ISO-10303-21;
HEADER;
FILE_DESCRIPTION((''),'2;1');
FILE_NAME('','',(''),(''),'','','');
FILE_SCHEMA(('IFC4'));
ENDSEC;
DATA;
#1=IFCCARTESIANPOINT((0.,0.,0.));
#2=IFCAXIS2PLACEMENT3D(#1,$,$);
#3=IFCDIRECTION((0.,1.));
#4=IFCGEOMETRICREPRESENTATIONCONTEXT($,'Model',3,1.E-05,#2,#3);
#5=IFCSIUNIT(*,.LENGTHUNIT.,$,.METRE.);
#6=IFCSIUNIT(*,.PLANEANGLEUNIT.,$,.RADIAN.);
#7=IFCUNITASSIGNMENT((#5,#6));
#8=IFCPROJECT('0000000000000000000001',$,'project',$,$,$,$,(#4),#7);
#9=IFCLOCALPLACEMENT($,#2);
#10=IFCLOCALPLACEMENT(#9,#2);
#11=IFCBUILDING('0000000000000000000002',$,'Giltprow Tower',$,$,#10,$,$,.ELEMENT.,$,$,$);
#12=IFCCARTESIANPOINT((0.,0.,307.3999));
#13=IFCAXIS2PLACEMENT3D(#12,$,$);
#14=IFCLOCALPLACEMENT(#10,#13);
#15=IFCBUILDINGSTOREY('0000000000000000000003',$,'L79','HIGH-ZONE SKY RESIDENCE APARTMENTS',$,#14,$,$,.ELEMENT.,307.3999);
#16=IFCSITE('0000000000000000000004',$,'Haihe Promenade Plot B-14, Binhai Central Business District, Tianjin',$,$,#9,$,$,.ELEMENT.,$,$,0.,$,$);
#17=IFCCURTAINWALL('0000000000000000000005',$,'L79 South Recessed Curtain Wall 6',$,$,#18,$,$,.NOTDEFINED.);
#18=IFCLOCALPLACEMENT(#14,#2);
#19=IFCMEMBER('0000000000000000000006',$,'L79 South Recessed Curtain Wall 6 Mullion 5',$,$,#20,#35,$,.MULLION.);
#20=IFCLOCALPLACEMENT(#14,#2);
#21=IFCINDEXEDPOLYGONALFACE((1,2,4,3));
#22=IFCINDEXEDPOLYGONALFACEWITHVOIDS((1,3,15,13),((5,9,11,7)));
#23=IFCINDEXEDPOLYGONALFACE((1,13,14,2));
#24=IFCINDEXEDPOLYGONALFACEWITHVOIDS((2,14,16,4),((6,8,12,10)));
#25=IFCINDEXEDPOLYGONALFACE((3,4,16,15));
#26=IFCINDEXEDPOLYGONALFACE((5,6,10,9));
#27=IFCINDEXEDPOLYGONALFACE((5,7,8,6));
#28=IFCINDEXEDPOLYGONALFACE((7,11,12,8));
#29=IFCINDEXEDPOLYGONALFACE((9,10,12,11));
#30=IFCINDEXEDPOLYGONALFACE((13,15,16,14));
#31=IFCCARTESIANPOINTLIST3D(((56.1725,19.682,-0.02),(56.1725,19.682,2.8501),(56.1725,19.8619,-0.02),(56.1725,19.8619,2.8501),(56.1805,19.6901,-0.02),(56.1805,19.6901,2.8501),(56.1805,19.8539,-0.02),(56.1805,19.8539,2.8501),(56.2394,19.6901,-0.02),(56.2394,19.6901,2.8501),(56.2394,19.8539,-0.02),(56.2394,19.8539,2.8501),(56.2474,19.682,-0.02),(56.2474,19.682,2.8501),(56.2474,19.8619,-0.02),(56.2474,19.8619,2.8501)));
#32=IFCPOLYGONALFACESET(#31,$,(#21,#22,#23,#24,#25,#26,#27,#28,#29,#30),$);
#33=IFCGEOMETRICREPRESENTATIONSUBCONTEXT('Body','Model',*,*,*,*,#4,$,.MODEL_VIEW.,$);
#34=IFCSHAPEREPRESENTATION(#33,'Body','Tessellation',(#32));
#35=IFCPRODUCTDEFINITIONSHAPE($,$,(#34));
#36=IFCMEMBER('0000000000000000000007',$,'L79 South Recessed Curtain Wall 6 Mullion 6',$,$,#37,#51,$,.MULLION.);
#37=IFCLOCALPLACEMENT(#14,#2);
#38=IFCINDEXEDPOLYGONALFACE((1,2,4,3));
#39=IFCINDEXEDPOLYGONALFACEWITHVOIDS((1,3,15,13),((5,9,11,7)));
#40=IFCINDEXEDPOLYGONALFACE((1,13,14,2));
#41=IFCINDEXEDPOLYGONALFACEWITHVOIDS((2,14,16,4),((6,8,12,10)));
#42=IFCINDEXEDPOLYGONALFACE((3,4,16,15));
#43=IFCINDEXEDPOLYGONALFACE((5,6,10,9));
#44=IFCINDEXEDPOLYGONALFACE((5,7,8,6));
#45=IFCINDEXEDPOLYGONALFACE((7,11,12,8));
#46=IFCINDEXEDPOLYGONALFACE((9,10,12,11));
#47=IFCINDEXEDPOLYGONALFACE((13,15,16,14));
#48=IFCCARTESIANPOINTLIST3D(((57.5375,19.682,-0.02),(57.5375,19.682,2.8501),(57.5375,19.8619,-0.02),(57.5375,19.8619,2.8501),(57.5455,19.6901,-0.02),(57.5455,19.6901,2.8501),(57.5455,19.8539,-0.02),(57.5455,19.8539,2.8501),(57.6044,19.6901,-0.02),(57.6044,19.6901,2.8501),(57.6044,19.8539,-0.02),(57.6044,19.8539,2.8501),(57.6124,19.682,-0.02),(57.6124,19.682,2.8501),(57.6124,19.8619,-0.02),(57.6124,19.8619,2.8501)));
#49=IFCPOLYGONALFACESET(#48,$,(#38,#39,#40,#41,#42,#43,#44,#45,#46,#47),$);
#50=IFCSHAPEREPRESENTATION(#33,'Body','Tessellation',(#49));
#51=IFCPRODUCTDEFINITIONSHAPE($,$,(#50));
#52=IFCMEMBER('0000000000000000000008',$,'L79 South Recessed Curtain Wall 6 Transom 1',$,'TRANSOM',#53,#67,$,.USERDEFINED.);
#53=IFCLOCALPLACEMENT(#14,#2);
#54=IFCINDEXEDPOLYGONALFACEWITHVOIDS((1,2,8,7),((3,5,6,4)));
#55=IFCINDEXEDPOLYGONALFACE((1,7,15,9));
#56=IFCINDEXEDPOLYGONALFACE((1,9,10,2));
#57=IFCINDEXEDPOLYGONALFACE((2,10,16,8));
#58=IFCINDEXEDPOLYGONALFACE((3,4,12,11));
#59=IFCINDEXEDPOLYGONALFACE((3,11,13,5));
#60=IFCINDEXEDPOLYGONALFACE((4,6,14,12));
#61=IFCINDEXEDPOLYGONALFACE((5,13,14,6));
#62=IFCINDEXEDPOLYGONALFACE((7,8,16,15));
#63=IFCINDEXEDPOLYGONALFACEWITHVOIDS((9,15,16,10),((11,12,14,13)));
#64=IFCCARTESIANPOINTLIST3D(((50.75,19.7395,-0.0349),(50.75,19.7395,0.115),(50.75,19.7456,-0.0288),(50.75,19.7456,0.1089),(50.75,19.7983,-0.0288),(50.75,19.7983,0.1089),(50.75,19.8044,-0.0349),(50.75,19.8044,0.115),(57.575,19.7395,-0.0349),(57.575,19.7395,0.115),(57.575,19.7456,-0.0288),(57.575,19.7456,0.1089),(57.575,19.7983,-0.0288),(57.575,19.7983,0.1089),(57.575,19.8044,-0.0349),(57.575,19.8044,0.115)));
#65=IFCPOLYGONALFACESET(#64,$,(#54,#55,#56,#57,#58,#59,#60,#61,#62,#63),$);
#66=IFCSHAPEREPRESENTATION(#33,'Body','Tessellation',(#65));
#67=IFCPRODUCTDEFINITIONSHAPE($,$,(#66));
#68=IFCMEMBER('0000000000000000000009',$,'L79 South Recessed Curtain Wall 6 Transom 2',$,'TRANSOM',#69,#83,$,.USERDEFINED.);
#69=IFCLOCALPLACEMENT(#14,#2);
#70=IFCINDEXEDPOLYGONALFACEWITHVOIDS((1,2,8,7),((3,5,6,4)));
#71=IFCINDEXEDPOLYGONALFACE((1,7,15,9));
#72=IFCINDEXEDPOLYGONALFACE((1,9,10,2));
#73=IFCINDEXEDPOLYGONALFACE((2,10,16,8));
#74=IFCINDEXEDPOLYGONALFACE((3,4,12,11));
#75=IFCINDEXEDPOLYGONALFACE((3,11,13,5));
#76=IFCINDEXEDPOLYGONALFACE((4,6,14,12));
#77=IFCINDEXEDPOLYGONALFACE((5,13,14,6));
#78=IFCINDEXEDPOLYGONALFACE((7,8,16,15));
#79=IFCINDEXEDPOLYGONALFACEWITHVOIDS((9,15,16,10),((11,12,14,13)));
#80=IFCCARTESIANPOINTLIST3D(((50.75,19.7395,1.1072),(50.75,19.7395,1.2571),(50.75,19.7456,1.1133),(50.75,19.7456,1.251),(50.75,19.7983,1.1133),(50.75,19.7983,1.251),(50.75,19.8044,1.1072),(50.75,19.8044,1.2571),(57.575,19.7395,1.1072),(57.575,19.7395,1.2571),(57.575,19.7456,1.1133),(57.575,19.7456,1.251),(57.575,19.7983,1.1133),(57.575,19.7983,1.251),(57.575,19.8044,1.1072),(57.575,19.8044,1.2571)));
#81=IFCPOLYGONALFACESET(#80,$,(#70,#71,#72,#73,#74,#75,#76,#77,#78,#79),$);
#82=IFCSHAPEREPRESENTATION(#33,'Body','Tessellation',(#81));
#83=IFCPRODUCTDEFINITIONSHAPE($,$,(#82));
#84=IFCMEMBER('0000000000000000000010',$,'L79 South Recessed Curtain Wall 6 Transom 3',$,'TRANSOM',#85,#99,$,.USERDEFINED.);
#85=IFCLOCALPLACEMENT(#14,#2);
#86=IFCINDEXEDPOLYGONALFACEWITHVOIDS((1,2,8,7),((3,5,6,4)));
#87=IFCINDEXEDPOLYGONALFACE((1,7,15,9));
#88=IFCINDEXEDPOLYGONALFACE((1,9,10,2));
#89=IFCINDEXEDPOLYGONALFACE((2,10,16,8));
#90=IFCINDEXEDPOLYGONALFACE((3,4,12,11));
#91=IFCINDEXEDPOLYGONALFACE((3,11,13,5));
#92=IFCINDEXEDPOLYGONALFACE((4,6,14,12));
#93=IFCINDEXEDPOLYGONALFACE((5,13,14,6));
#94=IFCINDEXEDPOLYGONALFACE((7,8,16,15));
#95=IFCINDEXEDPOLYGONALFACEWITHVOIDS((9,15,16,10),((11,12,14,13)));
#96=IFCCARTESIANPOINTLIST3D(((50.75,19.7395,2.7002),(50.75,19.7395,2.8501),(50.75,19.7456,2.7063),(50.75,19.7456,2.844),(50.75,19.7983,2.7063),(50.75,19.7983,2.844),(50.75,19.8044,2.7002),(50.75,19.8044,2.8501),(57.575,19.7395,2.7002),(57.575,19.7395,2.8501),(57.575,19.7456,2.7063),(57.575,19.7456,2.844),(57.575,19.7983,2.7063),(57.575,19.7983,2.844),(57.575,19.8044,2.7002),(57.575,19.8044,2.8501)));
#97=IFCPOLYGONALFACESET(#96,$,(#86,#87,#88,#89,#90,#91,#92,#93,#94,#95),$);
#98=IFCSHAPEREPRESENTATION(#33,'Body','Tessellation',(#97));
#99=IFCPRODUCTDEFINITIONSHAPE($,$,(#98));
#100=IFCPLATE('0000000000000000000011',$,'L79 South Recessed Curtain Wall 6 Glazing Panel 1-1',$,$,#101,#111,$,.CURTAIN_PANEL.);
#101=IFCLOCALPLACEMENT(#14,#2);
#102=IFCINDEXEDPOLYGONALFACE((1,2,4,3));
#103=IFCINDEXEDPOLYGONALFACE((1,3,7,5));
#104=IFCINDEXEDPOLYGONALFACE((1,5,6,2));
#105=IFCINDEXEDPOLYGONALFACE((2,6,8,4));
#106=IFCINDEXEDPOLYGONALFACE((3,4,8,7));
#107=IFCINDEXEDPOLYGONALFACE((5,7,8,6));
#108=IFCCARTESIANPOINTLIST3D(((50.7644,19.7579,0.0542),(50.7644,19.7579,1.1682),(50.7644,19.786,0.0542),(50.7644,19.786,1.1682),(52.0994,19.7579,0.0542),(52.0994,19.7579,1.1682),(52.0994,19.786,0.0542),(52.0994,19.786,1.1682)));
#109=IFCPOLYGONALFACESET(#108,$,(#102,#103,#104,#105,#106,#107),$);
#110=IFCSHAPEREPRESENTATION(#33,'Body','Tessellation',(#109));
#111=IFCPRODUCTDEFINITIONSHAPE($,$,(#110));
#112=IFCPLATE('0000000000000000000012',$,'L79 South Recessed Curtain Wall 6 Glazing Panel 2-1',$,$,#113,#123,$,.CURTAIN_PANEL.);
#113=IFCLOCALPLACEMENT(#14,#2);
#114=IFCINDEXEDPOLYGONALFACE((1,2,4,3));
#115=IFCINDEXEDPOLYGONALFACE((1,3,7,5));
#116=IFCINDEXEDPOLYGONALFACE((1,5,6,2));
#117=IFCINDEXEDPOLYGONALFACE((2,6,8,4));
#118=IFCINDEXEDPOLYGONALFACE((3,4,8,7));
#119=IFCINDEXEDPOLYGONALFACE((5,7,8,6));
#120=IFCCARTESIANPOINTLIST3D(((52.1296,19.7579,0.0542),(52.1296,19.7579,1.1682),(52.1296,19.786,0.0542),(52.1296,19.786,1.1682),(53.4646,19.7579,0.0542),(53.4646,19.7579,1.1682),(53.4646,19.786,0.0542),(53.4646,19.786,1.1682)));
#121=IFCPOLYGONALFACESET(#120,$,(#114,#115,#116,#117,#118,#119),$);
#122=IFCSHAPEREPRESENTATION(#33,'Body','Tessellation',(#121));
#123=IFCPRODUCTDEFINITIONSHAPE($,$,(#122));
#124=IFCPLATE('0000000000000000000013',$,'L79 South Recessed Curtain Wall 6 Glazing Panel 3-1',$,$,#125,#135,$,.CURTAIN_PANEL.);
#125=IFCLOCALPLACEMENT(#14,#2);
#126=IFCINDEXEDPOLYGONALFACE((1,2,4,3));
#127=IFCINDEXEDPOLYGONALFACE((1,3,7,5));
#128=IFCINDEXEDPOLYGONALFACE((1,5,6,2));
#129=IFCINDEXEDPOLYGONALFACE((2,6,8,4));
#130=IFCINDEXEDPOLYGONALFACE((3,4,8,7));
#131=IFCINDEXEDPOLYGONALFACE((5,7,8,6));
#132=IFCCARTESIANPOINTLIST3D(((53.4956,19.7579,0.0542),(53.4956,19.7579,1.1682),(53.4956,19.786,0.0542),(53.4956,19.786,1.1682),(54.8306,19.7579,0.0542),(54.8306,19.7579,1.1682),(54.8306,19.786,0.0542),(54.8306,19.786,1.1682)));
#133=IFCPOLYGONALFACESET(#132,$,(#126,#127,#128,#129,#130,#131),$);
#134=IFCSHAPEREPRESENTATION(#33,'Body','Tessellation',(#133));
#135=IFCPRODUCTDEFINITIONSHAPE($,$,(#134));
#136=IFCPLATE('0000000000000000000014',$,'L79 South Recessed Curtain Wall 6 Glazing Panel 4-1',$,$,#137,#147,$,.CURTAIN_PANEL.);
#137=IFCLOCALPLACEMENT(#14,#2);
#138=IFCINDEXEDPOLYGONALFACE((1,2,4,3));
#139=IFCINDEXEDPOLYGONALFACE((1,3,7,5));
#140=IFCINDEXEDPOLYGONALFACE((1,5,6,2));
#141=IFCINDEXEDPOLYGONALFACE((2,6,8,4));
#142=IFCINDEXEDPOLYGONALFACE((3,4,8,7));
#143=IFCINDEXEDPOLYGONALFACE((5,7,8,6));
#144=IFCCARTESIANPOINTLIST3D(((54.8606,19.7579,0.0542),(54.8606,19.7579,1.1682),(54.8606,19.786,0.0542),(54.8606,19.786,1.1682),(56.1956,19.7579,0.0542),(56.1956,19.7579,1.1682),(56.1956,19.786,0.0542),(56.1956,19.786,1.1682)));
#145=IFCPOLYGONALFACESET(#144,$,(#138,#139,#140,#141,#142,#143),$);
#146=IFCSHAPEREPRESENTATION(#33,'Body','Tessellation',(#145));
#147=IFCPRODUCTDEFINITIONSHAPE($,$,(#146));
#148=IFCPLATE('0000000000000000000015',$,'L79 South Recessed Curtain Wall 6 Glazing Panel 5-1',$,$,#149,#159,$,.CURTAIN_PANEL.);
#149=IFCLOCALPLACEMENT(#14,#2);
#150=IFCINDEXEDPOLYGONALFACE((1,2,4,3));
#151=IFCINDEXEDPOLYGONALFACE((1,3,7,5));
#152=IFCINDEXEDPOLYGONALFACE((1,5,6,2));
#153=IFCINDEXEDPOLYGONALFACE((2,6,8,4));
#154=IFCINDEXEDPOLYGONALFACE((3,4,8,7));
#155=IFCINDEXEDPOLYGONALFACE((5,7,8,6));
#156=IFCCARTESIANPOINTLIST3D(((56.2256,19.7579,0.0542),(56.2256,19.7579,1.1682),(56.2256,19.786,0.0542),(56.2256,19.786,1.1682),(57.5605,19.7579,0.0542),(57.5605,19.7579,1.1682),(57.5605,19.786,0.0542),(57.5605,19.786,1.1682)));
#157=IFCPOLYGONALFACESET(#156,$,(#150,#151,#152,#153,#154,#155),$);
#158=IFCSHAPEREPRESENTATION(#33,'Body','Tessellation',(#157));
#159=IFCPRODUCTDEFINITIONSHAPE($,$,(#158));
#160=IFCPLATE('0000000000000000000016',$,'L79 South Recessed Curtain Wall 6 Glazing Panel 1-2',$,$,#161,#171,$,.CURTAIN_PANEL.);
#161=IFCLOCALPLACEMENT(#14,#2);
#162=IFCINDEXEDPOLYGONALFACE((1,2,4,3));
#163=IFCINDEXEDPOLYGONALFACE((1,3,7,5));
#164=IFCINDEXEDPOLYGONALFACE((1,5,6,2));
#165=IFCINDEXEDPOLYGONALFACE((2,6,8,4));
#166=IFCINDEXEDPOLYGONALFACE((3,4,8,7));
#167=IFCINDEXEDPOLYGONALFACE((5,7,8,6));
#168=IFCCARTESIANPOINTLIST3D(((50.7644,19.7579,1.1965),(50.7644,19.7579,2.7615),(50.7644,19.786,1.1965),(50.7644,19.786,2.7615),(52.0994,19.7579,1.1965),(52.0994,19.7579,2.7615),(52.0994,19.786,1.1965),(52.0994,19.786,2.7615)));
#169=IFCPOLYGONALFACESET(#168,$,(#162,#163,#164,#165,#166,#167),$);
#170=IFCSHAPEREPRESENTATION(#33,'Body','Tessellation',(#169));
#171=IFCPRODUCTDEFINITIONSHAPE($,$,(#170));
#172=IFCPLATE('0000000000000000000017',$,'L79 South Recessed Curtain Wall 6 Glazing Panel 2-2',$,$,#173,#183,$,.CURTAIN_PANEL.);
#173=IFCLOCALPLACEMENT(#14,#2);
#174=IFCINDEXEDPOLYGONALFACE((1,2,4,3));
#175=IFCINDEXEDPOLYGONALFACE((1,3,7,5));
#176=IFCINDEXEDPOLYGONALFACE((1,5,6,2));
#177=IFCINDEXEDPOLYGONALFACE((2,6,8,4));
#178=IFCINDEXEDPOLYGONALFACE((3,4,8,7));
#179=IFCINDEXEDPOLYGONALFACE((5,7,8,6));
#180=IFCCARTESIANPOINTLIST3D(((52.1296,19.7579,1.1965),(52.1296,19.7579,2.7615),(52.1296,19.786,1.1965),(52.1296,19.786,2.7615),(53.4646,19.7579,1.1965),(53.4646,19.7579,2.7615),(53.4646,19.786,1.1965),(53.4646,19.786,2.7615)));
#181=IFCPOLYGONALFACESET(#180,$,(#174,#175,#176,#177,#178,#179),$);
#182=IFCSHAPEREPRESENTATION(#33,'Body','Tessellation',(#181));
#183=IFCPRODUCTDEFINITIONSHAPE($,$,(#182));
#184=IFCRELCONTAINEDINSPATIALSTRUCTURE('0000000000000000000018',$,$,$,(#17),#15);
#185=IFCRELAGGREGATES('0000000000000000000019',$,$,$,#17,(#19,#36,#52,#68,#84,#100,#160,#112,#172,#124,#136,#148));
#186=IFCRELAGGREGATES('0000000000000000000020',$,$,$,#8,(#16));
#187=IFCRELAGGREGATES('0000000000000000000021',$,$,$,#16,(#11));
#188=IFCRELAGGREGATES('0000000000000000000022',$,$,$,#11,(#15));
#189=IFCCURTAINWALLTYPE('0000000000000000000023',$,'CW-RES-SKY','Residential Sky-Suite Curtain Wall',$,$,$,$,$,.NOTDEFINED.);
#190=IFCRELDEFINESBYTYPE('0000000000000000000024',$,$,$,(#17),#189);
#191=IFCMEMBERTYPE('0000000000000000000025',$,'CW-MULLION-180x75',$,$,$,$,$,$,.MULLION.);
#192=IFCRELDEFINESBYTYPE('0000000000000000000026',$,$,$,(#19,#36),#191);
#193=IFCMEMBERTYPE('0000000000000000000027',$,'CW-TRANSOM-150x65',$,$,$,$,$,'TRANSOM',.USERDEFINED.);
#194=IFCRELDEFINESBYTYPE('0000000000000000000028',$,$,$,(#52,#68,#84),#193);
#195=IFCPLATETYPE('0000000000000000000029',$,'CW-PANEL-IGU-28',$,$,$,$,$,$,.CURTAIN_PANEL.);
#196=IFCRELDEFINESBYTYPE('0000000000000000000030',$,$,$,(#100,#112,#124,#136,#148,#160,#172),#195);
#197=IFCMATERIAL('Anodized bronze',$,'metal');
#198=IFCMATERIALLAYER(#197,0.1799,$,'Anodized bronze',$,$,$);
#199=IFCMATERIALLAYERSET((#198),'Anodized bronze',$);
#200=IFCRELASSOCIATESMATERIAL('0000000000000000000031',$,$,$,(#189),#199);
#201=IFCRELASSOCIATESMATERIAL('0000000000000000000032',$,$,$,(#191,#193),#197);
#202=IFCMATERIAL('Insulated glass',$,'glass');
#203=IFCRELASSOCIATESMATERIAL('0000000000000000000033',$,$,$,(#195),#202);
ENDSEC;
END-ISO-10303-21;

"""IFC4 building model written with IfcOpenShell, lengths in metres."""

from ifc_helpers import new_model, si_unit, direction, frame, origin, origin_2d, place, context, subcontext, project, spatial, rectangle, hollow_rectangle, extrude, source, transform, mapped, material, layer, layer_set, material_profile, profile_set, type_object, element, aggregate, save


model = new_model("IFC4")

# Units and contexts
model_context = context("Model", 3, precision=1e-05, world=origin(), true_north=direction((0.0, 1.0)))
body_context = subcontext(model_context, "Body", "Model", "MODEL_VIEW")
ifc_project = project(units=[si_unit("LENGTHUNIT", "METRE"), si_unit("PLANEANGLEUNIT", "RADIAN")], contexts=[model_context])

# Site, building, storey
site_placement = place(None, origin())
site = spatial("IfcSite", under=ifc_project, at=site_placement, Name="Haihe Promenade Plot B-14, Binhai Central Business District, Tianjin", CompositionType="ELEMENT", RefElevation=0.0)
building_placement = place(site_placement, origin())
building = spatial("IfcBuilding", under=site, at=building_placement, Name="Giltprow Tower", CompositionType="ELEMENT")
storey_placement = place(building_placement, frame((0.0, 0.0, 307.3999)))
storey = spatial("IfcBuildingStorey", under=building, at=storey_placement, Name="L79", Description="HIGH-ZONE SKY RESIDENCE APARTMENTS", CompositionType="ELEMENT", Elevation=307.3999)

# Curtain wall, members, plates
ifc_material_1 = material(Name="Anodized bronze", Category="metal")
ifc_layer_1 = layer(ifc_material_1, 0.1799, Name="Anodized bronze")
ifc_layer_set_1 = layer_set([ifc_layer_1], Name="Anodized bronze")
curtain_wall_type = type_object("IfcCurtainWallType", Name="CW-RES-SKY", Description="Residential Sky-Suite Curtain Wall", PredefinedType="NOTDEFINED", material=ifc_layer_set_1)
curtain_wall_placement = place(storey_placement, origin())
curtain_wall = element("IfcCurtainWall", 1, at=curtain_wall_placement, inside=storey, type_object=curtain_wall_type, Name="L79 South Recessed Curtain Wall 6", PredefinedType="NOTDEFINED")
ifc_material_profile_1 = material_profile(ifc_material_1, hollow_rectangle(XDim=0.075, YDim=0.1799, WallThickness=0.0081, at=origin_2d()), Name="RHS 180x75x8")
ifc_profile_set_1 = profile_set([ifc_material_profile_1], Name="Anodized bronze")
member_type_1 = type_object("IfcMemberType", Name="CW-MULLION-180x75", PredefinedType="MULLION", material=ifc_profile_set_1)
shared_shape_1 = source(origin(), body_context, "Body", "SweptSolid", [
    extrude(hollow_rectangle(XDim=0.075, YDim=0.1799, WallThickness=0.0081, at=origin_2d()), origin(), (0.0, 0.0, 1.0), 2.8701),
])
member_1_placement = place(storey_placement, frame((56.21, 19.772, -0.02), z_axis=(0.0, 0.0, 1.0), x_axis=(1.0, 0.0, 0.0)))
member_1 = element("IfcMember", 2, at=member_1_placement, type_object=member_type_1, Name="L79 South Recessed Curtain Wall 6 Mullion 5", PredefinedType="MULLION", context=body_context, shape_type="MappedRepresentation", body=[
    mapped(shared_shape_1, transform((0.0, 0.0, 0.0), x_axis=(1.0, 0.0, 0.0), y_axis=(0.0, 1.0, 0.0), z_axis=(0.0, 0.0, 1.0), scale=1.0)),
])
member_2_placement = place(storey_placement, frame((57.575, 19.772, -0.02), z_axis=(0.0, 0.0, 1.0), x_axis=(1.0, 0.0, 0.0)))
member_2 = element("IfcMember", 3, at=member_2_placement, type_object=member_type_1, Name="L79 South Recessed Curtain Wall 6 Mullion 6", PredefinedType="MULLION", context=body_context, shape_type="MappedRepresentation", body=[
    mapped(shared_shape_1, transform((0.0, 0.0, 0.0), x_axis=(1.0, 0.0, 0.0), y_axis=(0.0, 1.0, 0.0), z_axis=(0.0, 0.0, 1.0), scale=1.0)),
])
ifc_material_profile_2 = material_profile(ifc_material_1, hollow_rectangle(XDim=0.0649, YDim=0.1499, WallThickness=0.0061, at=origin_2d()), Name="RHS 150x65x6")
ifc_profile_set_2 = profile_set([ifc_material_profile_2], Name="Anodized bronze")
member_type_2 = type_object("IfcMemberType", Name="CW-TRANSOM-150x65", ElementType="TRANSOM", PredefinedType="USERDEFINED", material=ifc_profile_set_2)
shared_shape_2 = source(origin(), body_context, "Body", "SweptSolid", [
    extrude(hollow_rectangle(XDim=0.0649, YDim=0.1499, WallThickness=0.0061, at=origin_2d()), origin(), (0.0, 0.0, 1.0), 6.825),
])
member_3_placement = place(storey_placement, frame((50.75, 19.772, 0.04), z_axis=(1.0, 0.0, 0.0), x_axis=(0.0, 1.0, 0.0)))
member_3 = element("IfcMember", 4, at=member_3_placement, type_object=member_type_2, Name="L79 South Recessed Curtain Wall 6 Transom 1", ObjectType="TRANSOM", PredefinedType="USERDEFINED", context=body_context, shape_type="MappedRepresentation", body=[
    mapped(shared_shape_2, transform((0.0, 0.0, 0.0), x_axis=(1.0, 0.0, 0.0), y_axis=(0.0, 1.0, 0.0), z_axis=(0.0, 0.0, 1.0), scale=1.0)),
])
member_4_placement = place(storey_placement, frame((50.75, 19.772, 1.1821), z_axis=(1.0, 0.0, 0.0), x_axis=(0.0, 1.0, 0.0)))
member_4 = element("IfcMember", 5, at=member_4_placement, type_object=member_type_2, Name="L79 South Recessed Curtain Wall 6 Transom 2", ObjectType="TRANSOM", PredefinedType="USERDEFINED", context=body_context, shape_type="MappedRepresentation", body=[
    mapped(shared_shape_2, transform((0.0, 0.0, 0.0), x_axis=(1.0, 0.0, 0.0), y_axis=(0.0, 1.0, 0.0), z_axis=(0.0, 0.0, 1.0), scale=1.0)),
])
member_5_placement = place(storey_placement, frame((50.75, 19.772, 2.7751), z_axis=(1.0, 0.0, 0.0), x_axis=(0.0, 1.0, 0.0)))
member_5 = element("IfcMember", 6, at=member_5_placement, type_object=member_type_2, Name="L79 South Recessed Curtain Wall 6 Transom 3", ObjectType="TRANSOM", PredefinedType="USERDEFINED", context=body_context, shape_type="MappedRepresentation", body=[
    mapped(shared_shape_2, transform((0.0, 0.0, 0.0), x_axis=(1.0, 0.0, 0.0), y_axis=(0.0, 1.0, 0.0), z_axis=(0.0, 0.0, 1.0), scale=1.0)),
])
ifc_material_2 = material(Name="Insulated glass", Category="glass")
plate_type = type_object("IfcPlateType", Name="CW-PANEL-IGU-28", PredefinedType="CURTAIN_PANEL", material=ifc_material_2)
shared_shape_3 = source(origin(), body_context, "Body", "SweptSolid", [
    extrude(rectangle(XDim=1.335, YDim=0.0281, at=origin_2d()), origin(), (0.0, 0.0, 1.0), 1.114),
])
plate_1_placement = place(storey_placement, frame((51.4319, 19.772, 0.0542), z_axis=(0.0, 0.0, 1.0), x_axis=(1.0, 0.0, 0.0)))
plate_1 = element("IfcPlate", 7, at=plate_1_placement, type_object=plate_type, Name="L79 South Recessed Curtain Wall 6 Glazing Panel 1-1", PredefinedType="CURTAIN_PANEL", context=body_context, shape_type="MappedRepresentation", body=[
    mapped(shared_shape_3, transform((0.0, 0.0, 0.0), x_axis=(1.0, 0.0, 0.0), y_axis=(0.0, 1.0, 0.0), z_axis=(0.0, 0.0, 1.0), scale=1.0)),
])
plate_2_placement = place(storey_placement, frame((52.7971, 19.772, 0.0542), z_axis=(0.0, 0.0, 1.0), x_axis=(1.0, 0.0, 0.0)))
plate_2 = element("IfcPlate", 8, at=plate_2_placement, type_object=plate_type, Name="L79 South Recessed Curtain Wall 6 Glazing Panel 2-1", PredefinedType="CURTAIN_PANEL", context=body_context, shape_type="MappedRepresentation", body=[
    mapped(shared_shape_3, transform((0.0, 0.0, 0.0), x_axis=(1.0, 0.0, 0.0), y_axis=(0.0, 1.0, 0.0), z_axis=(0.0, 0.0, 1.0), scale=1.0)),
])
plate_3_placement = place(storey_placement, frame((54.1631, 19.772, 0.0542), z_axis=(0.0, 0.0, 1.0), x_axis=(1.0, 0.0, 0.0)))
plate_3 = element("IfcPlate", 9, at=plate_3_placement, type_object=plate_type, Name="L79 South Recessed Curtain Wall 6 Glazing Panel 3-1", PredefinedType="CURTAIN_PANEL", context=body_context, shape_type="MappedRepresentation", body=[
    mapped(shared_shape_3, transform((0.0, 0.0, 0.0), x_axis=(1.0, 0.0, 0.0), y_axis=(0.0, 1.0, 0.0), z_axis=(0.0, 0.0, 1.0), scale=1.0)),
])
plate_4_placement = place(storey_placement, frame((55.5281, 19.772, 0.0542), z_axis=(0.0, 0.0, 1.0), x_axis=(1.0, 0.0, 0.0)))
plate_4 = element("IfcPlate", 10, at=plate_4_placement, type_object=plate_type, Name="L79 South Recessed Curtain Wall 6 Glazing Panel 4-1", PredefinedType="CURTAIN_PANEL", context=body_context, shape_type="MappedRepresentation", body=[
    mapped(shared_shape_3, transform((0.0, 0.0, 0.0), x_axis=(1.0, 0.0, 0.0), y_axis=(0.0, 1.0, 0.0), z_axis=(0.0, 0.0, 1.0), scale=1.0)),
])
plate_5_placement = place(storey_placement, frame((56.8931, 19.772, 0.0542), z_axis=(0.0, 0.0, 1.0), x_axis=(1.0, 0.0, 0.0)))
plate_5 = element("IfcPlate", 11, at=plate_5_placement, type_object=plate_type, Name="L79 South Recessed Curtain Wall 6 Glazing Panel 5-1", PredefinedType="CURTAIN_PANEL", context=body_context, shape_type="MappedRepresentation", body=[
    mapped(shared_shape_3, transform((0.0, 0.0, 0.0), x_axis=(1.0, 0.0, 0.0), y_axis=(0.0, 1.0, 0.0), z_axis=(0.0, 0.0, 1.0), scale=1.0)),
])
shared_shape_4 = source(origin(), body_context, "Body", "SweptSolid", [
    extrude(rectangle(XDim=1.335, YDim=0.0281, at=origin_2d()), origin(), (0.0, 0.0, 1.0), 1.5649),
])
plate_6_placement = place(storey_placement, frame((51.4319, 19.772, 1.1965), z_axis=(0.0, 0.0, 1.0), x_axis=(1.0, 0.0, 0.0)))
plate_6 = element("IfcPlate", 12, at=plate_6_placement, type_object=plate_type, Name="L79 South Recessed Curtain Wall 6 Glazing Panel 1-2", PredefinedType="CURTAIN_PANEL", context=body_context, shape_type="MappedRepresentation", body=[
    mapped(shared_shape_4, transform((0.0, 0.0, 0.0), x_axis=(1.0, 0.0, 0.0), y_axis=(0.0, 1.0, 0.0), z_axis=(0.0, 0.0, 1.0), scale=1.0)),
])
plate_7_placement = place(storey_placement, frame((52.7971, 19.772, 1.1965), z_axis=(0.0, 0.0, 1.0), x_axis=(1.0, 0.0, 0.0)))
plate_7 = element("IfcPlate", 13, at=plate_7_placement, type_object=plate_type, Name="L79 South Recessed Curtain Wall 6 Glazing Panel 2-2", PredefinedType="CURTAIN_PANEL", context=body_context, shape_type="MappedRepresentation", body=[
    mapped(shared_shape_4, transform((0.0, 0.0, 0.0), x_axis=(1.0, 0.0, 0.0), y_axis=(0.0, 1.0, 0.0), z_axis=(0.0, 0.0, 1.0), scale=1.0)),
])
aggregate(curtain_wall, [member_1, member_2, member_3, member_4, member_5, plate_1, plate_6, plate_2, plate_7, plate_3, plate_4, plate_5])

save(model, "model.ifc")
